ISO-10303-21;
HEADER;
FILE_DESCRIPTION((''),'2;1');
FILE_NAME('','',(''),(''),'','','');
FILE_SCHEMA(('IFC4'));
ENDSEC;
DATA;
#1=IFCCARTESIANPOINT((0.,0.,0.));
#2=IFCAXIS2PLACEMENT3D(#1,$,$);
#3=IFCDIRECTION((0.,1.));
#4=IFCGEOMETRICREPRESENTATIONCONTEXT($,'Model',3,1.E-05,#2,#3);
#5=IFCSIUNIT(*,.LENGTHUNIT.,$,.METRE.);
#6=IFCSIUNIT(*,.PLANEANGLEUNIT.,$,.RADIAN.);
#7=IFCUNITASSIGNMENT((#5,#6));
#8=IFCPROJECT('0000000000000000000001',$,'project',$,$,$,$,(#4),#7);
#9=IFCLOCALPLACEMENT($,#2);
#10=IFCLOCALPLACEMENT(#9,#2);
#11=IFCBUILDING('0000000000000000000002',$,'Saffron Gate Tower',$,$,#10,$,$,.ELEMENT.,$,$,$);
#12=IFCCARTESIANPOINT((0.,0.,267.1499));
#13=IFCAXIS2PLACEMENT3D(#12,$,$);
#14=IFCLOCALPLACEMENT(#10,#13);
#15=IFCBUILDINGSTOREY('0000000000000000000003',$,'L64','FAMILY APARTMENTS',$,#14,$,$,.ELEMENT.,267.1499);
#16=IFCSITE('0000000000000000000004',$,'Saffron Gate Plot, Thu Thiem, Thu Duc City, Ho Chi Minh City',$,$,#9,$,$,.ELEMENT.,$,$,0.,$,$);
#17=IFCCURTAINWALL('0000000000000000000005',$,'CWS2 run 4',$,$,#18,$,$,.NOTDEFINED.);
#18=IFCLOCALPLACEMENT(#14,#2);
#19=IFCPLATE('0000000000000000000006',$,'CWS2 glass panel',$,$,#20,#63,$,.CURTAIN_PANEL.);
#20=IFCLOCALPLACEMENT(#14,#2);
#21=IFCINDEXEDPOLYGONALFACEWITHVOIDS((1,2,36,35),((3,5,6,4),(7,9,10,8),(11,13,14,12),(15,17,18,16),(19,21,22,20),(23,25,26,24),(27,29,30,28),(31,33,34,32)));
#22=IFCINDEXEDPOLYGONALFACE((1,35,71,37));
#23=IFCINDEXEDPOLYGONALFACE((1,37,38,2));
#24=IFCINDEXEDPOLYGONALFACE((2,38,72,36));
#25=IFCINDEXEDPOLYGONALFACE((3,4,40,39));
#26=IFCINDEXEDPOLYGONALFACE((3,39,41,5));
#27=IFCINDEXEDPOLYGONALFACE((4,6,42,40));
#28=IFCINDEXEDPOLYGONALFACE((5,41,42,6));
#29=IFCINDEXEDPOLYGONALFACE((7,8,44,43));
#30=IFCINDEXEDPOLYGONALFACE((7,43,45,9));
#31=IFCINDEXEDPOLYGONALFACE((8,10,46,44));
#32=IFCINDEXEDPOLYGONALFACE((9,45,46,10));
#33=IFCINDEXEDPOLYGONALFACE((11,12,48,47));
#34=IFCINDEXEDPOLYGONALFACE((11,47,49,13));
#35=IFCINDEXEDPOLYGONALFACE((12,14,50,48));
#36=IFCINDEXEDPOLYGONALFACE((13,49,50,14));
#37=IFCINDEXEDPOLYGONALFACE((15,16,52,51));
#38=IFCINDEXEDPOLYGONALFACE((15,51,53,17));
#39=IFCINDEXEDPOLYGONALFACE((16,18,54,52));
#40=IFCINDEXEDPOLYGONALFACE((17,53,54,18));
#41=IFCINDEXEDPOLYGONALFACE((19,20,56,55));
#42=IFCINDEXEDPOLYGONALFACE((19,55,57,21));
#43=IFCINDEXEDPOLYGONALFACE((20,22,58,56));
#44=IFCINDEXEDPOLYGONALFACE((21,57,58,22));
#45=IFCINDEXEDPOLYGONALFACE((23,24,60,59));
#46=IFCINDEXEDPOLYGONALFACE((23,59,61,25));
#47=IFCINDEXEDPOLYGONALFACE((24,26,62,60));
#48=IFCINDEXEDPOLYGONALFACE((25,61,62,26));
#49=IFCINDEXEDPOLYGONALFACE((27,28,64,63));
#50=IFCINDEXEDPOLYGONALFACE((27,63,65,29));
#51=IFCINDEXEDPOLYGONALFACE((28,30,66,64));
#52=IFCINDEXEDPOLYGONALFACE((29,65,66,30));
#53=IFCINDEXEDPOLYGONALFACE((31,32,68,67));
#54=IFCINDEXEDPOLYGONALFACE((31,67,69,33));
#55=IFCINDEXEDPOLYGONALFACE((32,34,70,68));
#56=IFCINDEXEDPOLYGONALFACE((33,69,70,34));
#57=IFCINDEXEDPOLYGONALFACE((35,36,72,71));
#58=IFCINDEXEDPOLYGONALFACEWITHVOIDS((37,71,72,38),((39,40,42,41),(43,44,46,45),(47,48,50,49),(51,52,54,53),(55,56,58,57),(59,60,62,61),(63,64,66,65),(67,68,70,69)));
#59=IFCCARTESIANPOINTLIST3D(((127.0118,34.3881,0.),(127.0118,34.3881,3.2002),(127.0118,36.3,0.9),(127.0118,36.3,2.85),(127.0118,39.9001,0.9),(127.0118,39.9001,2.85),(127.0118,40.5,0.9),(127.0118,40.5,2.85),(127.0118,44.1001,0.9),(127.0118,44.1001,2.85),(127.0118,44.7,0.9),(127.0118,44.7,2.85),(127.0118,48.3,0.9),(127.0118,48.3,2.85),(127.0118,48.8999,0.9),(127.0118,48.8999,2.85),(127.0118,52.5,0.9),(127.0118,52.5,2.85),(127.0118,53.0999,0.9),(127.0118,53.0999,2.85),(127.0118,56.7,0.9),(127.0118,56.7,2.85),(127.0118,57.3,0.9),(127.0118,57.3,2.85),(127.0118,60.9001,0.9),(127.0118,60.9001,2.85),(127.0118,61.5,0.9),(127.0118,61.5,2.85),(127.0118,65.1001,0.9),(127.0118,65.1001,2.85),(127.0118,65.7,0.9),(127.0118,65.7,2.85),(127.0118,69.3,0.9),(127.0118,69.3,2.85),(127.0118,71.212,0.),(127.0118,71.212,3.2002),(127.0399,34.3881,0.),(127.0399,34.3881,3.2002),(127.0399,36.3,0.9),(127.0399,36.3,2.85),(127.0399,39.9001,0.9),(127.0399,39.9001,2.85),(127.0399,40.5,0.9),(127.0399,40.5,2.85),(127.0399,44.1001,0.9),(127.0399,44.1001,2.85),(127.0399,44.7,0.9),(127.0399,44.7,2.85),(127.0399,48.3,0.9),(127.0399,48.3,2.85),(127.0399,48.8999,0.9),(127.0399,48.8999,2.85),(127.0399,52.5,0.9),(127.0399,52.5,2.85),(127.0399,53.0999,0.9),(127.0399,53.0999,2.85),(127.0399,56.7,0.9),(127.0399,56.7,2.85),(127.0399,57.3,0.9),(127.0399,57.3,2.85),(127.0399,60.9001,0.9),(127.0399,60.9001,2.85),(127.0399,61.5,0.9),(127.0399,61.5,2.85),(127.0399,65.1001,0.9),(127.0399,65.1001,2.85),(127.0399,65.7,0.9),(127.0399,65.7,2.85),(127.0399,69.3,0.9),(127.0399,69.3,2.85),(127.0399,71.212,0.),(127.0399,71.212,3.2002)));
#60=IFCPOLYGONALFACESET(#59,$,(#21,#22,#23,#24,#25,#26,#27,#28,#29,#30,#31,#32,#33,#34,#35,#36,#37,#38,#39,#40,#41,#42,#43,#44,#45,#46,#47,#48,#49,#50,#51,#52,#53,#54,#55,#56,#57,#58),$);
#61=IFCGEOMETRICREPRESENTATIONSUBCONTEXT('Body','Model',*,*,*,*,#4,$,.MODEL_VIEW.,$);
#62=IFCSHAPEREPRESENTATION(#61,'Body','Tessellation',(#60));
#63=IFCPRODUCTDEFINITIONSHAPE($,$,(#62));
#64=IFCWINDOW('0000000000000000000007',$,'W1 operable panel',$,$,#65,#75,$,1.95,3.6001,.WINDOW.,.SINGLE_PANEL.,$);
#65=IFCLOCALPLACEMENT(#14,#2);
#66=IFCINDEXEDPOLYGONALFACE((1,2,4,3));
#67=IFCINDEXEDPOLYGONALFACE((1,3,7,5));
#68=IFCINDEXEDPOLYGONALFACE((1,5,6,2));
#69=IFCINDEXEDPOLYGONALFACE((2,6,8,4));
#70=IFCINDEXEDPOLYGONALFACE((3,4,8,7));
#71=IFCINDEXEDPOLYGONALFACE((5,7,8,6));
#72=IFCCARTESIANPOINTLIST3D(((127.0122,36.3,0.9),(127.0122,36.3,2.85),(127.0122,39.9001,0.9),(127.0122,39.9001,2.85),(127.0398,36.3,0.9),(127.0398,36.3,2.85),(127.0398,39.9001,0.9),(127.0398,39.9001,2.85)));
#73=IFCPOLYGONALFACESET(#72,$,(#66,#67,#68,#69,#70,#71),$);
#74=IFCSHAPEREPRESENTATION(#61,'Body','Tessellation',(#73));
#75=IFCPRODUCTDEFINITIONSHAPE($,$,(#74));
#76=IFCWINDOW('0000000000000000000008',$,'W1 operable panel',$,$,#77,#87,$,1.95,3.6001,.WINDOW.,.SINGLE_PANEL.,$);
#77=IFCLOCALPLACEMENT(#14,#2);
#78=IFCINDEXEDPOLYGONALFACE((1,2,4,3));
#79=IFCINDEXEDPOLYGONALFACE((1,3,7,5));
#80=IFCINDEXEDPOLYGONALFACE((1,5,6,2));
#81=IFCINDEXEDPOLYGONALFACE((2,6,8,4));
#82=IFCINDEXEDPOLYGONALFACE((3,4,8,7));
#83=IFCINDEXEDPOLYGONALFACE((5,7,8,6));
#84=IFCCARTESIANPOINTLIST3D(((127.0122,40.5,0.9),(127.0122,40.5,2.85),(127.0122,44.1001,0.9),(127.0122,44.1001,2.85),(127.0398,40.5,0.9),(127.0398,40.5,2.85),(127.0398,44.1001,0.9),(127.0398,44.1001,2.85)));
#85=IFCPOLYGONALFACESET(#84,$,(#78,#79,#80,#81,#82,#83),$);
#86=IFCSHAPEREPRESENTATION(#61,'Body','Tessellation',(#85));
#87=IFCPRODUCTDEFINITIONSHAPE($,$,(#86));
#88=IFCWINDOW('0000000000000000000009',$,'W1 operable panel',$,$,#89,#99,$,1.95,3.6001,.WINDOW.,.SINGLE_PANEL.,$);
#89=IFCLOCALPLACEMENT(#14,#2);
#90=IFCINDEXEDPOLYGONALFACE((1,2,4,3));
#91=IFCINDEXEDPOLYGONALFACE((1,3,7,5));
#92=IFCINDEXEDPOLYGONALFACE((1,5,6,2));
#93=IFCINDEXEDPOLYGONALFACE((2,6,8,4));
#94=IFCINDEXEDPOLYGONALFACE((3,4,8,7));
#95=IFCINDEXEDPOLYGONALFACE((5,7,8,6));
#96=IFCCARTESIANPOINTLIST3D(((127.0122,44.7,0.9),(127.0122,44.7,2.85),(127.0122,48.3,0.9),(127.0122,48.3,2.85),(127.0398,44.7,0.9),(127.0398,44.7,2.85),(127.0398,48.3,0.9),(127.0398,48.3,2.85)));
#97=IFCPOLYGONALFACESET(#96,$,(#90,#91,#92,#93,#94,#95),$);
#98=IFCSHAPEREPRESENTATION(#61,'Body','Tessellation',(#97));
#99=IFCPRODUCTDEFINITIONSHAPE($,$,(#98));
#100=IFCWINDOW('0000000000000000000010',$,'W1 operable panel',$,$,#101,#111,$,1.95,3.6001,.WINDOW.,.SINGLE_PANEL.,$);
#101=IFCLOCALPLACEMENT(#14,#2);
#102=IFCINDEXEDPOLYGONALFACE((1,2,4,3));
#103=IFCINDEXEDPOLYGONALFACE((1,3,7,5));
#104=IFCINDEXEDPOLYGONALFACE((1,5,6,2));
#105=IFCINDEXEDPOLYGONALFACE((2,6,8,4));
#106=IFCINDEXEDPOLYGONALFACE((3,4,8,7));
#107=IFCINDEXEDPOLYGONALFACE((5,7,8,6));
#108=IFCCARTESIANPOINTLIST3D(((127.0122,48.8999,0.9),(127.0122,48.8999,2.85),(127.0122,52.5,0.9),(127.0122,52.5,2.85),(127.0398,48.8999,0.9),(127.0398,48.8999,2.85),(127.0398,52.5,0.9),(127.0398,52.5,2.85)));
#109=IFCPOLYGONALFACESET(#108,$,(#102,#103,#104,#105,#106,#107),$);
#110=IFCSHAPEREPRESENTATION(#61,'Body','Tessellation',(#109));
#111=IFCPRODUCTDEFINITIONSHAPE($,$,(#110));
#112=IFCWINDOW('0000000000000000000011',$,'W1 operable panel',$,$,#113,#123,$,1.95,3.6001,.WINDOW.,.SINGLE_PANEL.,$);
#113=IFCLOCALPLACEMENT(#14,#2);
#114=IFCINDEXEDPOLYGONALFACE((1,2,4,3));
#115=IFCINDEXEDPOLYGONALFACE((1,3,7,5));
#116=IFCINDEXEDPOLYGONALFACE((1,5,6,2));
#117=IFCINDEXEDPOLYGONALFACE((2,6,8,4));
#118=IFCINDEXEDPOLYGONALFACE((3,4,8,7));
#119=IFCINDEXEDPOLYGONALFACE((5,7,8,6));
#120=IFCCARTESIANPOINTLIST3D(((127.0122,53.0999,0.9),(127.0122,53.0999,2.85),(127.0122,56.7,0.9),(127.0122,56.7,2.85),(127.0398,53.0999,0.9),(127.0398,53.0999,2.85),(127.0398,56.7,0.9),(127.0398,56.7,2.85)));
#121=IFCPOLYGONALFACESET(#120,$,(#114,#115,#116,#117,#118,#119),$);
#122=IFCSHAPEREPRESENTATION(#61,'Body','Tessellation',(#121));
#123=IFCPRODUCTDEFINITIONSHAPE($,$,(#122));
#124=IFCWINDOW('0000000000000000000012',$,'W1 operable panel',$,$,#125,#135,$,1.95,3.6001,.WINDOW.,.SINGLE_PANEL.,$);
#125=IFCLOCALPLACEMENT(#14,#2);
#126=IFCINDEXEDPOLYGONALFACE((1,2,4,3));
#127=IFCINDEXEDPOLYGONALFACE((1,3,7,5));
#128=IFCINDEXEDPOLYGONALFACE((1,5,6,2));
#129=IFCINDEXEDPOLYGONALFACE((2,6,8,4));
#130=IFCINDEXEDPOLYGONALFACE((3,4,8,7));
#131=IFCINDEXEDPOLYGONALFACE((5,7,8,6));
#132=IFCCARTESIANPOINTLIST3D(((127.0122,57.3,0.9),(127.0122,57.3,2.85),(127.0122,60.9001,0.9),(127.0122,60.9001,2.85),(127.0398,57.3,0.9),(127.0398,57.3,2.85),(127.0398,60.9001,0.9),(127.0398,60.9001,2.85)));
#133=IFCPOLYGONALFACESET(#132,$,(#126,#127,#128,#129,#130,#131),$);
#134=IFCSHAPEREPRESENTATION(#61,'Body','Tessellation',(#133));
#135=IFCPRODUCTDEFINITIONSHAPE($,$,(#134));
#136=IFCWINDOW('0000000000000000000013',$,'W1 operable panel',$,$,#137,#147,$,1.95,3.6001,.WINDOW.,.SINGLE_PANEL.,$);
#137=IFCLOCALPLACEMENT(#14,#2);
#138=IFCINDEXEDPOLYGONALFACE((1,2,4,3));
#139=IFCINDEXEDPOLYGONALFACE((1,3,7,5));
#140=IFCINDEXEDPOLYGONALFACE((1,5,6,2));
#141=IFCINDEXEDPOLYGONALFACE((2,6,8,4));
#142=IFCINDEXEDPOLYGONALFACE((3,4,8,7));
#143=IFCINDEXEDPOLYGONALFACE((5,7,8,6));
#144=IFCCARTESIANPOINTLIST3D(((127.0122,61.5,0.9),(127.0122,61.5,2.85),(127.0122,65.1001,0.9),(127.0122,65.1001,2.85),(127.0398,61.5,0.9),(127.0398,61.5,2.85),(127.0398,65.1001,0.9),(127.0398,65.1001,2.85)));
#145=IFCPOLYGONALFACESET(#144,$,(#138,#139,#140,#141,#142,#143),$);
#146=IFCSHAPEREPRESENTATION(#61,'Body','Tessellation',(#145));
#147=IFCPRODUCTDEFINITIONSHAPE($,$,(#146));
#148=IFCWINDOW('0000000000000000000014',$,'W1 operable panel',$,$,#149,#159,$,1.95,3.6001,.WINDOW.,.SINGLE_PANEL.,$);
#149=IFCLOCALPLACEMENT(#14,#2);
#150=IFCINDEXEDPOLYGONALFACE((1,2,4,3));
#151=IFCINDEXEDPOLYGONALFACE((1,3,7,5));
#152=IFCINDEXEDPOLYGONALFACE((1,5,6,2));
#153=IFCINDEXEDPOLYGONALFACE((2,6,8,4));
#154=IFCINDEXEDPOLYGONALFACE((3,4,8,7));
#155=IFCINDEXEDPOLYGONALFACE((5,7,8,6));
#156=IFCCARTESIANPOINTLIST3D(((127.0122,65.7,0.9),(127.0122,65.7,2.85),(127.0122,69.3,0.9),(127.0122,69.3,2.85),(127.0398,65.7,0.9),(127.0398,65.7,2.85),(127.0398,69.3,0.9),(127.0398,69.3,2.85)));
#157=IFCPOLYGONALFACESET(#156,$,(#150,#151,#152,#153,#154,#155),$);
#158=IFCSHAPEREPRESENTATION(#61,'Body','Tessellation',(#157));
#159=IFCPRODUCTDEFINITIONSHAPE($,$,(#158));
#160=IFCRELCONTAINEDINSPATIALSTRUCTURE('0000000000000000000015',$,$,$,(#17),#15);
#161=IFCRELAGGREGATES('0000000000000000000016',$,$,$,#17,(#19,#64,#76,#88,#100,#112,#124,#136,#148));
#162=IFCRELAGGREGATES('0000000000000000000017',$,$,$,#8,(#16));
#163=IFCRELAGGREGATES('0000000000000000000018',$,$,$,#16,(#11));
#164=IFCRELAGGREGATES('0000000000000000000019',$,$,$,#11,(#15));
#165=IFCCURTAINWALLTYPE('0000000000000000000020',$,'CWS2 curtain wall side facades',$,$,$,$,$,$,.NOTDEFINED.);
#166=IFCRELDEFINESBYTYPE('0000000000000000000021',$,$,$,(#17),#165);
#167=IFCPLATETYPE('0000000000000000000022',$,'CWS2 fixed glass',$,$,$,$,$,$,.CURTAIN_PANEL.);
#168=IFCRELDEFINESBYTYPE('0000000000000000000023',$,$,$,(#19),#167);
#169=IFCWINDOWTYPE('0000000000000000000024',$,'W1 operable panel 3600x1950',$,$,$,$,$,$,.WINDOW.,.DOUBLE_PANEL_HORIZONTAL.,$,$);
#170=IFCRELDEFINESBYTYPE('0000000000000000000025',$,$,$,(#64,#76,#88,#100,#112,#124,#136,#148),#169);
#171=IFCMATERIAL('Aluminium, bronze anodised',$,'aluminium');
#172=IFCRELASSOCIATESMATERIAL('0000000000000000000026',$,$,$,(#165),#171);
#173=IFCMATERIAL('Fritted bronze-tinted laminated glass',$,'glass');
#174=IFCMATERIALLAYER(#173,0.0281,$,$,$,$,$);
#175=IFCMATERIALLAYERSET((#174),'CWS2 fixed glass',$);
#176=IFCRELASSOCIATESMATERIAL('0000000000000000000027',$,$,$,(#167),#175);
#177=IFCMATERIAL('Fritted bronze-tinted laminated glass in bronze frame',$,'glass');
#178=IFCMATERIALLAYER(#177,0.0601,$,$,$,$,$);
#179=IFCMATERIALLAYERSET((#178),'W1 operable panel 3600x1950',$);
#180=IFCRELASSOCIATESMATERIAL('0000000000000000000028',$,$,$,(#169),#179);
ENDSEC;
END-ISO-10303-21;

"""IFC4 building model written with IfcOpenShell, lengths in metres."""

from ifc_helpers import new_model, si_unit, direction, frame, frame_2d, origin, place, context, subcontext, project, spatial, rectangle, extrude, material, layer, layer_set, type_object, element, fill, aggregate, save


model = new_model("IFC4")

# Units and contexts
model_context = context("Model", 3, precision=1e-05, world=origin(), true_north=direction((0.0, 1.0)))
body_context = subcontext(model_context, "Body", "Model", "MODEL_VIEW")
ifc_project = project(units=[si_unit("LENGTHUNIT", "METRE"), si_unit("PLANEANGLEUNIT", "RADIAN")], contexts=[model_context])

# Site, building, storey
site_placement = place(None, origin())
site = spatial("IfcSite", under=ifc_project, at=site_placement, Name="Saffron Gate Plot, Thu Thiem, Thu Duc City, Ho Chi Minh City", CompositionType="ELEMENT", RefElevation=0.0)
building_placement = place(site_placement, origin())
building = spatial("IfcBuilding", under=site, at=building_placement, Name="Saffron Gate Tower", CompositionType="ELEMENT")
storey_placement = place(building_placement, frame((0.0, 0.0, 267.1499)))
storey = spatial("IfcBuildingStorey", under=building, at=storey_placement, Name="L64", Description="FAMILY APARTMENTS", CompositionType="ELEMENT", Elevation=267.1499)

# Curtain wall
ifc_material_1 = material(Name="Aluminium, bronze anodised", Category="aluminium")
curtain_wall_type_1 = type_object("IfcCurtainWallType", Name="CWS2 curtain wall side facades", PredefinedType="NOTDEFINED", material=ifc_material_1)
curtain_wall_1_placement = place(storey_placement, origin())
curtain_wall_1 = element("IfcCurtainWall", 1, at=curtain_wall_1_placement, inside=storey, type_object=curtain_wall_type_1, Name="CWS2 run 4", PredefinedType="NOTDEFINED")

# Plate, openings, windows
ifc_material_2 = material(Name="Fritted bronze-tinted laminated glass", Category="glass")
ifc_layer_1 = layer(ifc_material_2, 0.0281)
ifc_layer_set_1 = layer_set([ifc_layer_1], Name="CWS2 fixed glass")
plate_type = type_object("IfcPlateType", Name="CWS2 fixed glass", PredefinedType="CURTAIN_PANEL", material=ifc_layer_set_1)
plate_placement = place(storey_placement, frame((127.0259, 34.3879, 0.0), z_axis=(0.0, 0.0, 1.0), x_axis=(0.0, 1.0, 0.0)))
plate = element("IfcPlate", 2, at=plate_placement, type_object=plate_type, Name="CWS2 glass panel", PredefinedType="CURTAIN_PANEL", context=body_context, shape_type="SweptSolid", body=[
    extrude(rectangle(XDim=36.824, YDim=0.0281, at=frame_2d((18.4121, 0.0))), origin(), (0.0, 0.0, 1.0), 3.2002),
])
opening_1_placement = place(plate_placement, frame((1.9121, 0.0, 0.8999)))
opening_1 = element("IfcOpeningElement", 3, at=opening_1_placement, cuts=plate, PredefinedType="OPENING", context=body_context, shape_type="SweptSolid", body=[
    extrude(rectangle(XDim=3.6001, YDim=1.95, at=frame_2d((1.8, 0.9751))), frame((0.0, 0.0239, 0.0), z_axis=(0.0, -1.0, 0.0), x_axis=(1.0, 0.0, 0.0)), (0.0, 0.0, 1.0), 0.0481),
])
opening_2_placement = place(plate_placement, frame((6.1121, 0.0, 0.8999)))
opening_2 = element("IfcOpeningElement", 4, at=opening_2_placement, cuts=plate, PredefinedType="OPENING", context=body_context, shape_type="SweptSolid", body=[
    extrude(rectangle(XDim=3.6001, YDim=1.95, at=frame_2d((1.8, 0.9751))), frame((0.0, 0.0239, 0.0), z_axis=(0.0, -1.0, 0.0), x_axis=(1.0, 0.0, 0.0)), (0.0, 0.0, 1.0), 0.0481),
])
opening_3_placement = place(plate_placement, frame((10.312, 0.0, 0.8999)))
opening_3 = element("IfcOpeningElement", 5, at=opening_3_placement, cuts=plate, PredefinedType="OPENING", context=body_context, shape_type="SweptSolid", body=[
    extrude(rectangle(XDim=3.6001, YDim=1.95, at=frame_2d((1.8, 0.9751))), frame((0.0, 0.0239, 0.0), z_axis=(0.0, -1.0, 0.0), x_axis=(1.0, 0.0, 0.0)), (0.0, 0.0, 1.0), 0.0481),
])
opening_4_placement = place(plate_placement, frame((14.512, 0.0, 0.8999)))
opening_4 = element("IfcOpeningElement", 6, at=opening_4_placement, cuts=plate, PredefinedType="OPENING", context=body_context, shape_type="SweptSolid", body=[
    extrude(rectangle(XDim=3.6001, YDim=1.95, at=frame_2d((1.8, 0.9751))), frame((0.0, 0.0239, 0.0), z_axis=(0.0, -1.0, 0.0), x_axis=(1.0, 0.0, 0.0)), (0.0, 0.0, 1.0), 0.0481),
])
opening_5_placement = place(plate_placement, frame((18.7119, 0.0, 0.8999)))
opening_5 = element("IfcOpeningElement", 7, at=opening_5_placement, cuts=plate, PredefinedType="OPENING", context=body_context, shape_type="SweptSolid", body=[
    extrude(rectangle(XDim=3.6001, YDim=1.95, at=frame_2d((1.8, 0.9751))), frame((0.0, 0.0239, 0.0), z_axis=(0.0, -1.0, 0.0), x_axis=(1.0, 0.0, 0.0)), (0.0, 0.0, 1.0), 0.0481),
])
opening_6_placement = place(plate_placement, frame((22.9121, 0.0, 0.8999)))
opening_6 = element("IfcOpeningElement", 8, at=opening_6_placement, cuts=plate, PredefinedType="OPENING", context=body_context, shape_type="SweptSolid", body=[
    extrude(rectangle(XDim=3.6001, YDim=1.95, at=frame_2d((1.8, 0.9751))), frame((0.0, 0.0239, 0.0), z_axis=(0.0, -1.0, 0.0), x_axis=(1.0, 0.0, 0.0)), (0.0, 0.0, 1.0), 0.0481),
])
opening_7_placement = place(plate_placement, frame((27.1121, 0.0, 0.8999)))
opening_7 = element("IfcOpeningElement", 9, at=opening_7_placement, cuts=plate, PredefinedType="OPENING", context=body_context, shape_type="SweptSolid", body=[
    extrude(rectangle(XDim=3.6001, YDim=1.95, at=frame_2d((1.8, 0.9751))), frame((0.0, 0.0239, 0.0), z_axis=(0.0, -1.0, 0.0), x_axis=(1.0, 0.0, 0.0)), (0.0, 0.0, 1.0), 0.0481),
])
opening_8_placement = place(plate_placement, frame((31.312, 0.0, 0.8999)))
opening_8 = element("IfcOpeningElement", 10, at=opening_8_placement, cuts=plate, PredefinedType="OPENING", context=body_context, shape_type="SweptSolid", body=[
    extrude(rectangle(XDim=3.6001, YDim=1.95, at=frame_2d((1.8, 0.9751))), frame((0.0, 0.0239, 0.0), z_axis=(0.0, -1.0, 0.0), x_axis=(1.0, 0.0, 0.0)), (0.0, 0.0, 1.0), 0.0481),
])
ifc_material_3 = material(Name="Fritted bronze-tinted laminated glass in bronze frame", Category="glass")
ifc_layer_2 = layer(ifc_material_3, 0.0601)
ifc_layer_set_2 = layer_set([ifc_layer_2], Name="W1 operable panel 3600x1950")
window_type = type_object("IfcWindowType", Name="W1 operable panel 3600x1950", PartitioningType="DOUBLE_PANEL_HORIZONTAL", PredefinedType="WINDOW", material=ifc_layer_set_2)
window_1_placement = place(opening_1_placement, origin())
window_1 = element("IfcWindow", 11, at=window_1_placement, type_object=window_type, Name="W1 operable panel", OverallHeight=1.95, OverallWidth=3.6001, PartitioningType="SINGLE_PANEL", PredefinedType="WINDOW", context=body_context, shape_type="SweptSolid", body=[
    extrude(rectangle(XDim=3.6001, YDim=1.95, at=frame_2d((1.8, 0.9751))), frame((0.0, 0.0137, 0.0), z_axis=(0.0, -1.0, 0.0), x_axis=(1.0, 0.0, 0.0)), (0.0, 0.0, 1.0), 0.0276),
])
fill(opening_1, window_1)
window_2_placement = place(opening_2_placement, origin())
window_2 = element("IfcWindow", 12, at=window_2_placement, type_object=window_type, Name="W1 operable panel", OverallHeight=1.95, OverallWidth=3.6001, PartitioningType="SINGLE_PANEL", PredefinedType="WINDOW", context=body_context, shape_type="SweptSolid", body=[
    extrude(rectangle(XDim=3.6001, YDim=1.95, at=frame_2d((1.8, 0.9751))), frame((0.0, 0.0137, 0.0), z_axis=(0.0, -1.0, 0.0), x_axis=(1.0, 0.0, 0.0)), (0.0, 0.0, 1.0), 0.0276),
])
fill(opening_2, window_2)
window_3_placement = place(opening_3_placement, origin())
window_3 = element("IfcWindow", 13, at=window_3_placement, type_object=window_type, Name="W1 operable panel", OverallHeight=1.95, OverallWidth=3.6001, PartitioningType="SINGLE_PANEL", PredefinedType="WINDOW", context=body_context, shape_type="SweptSolid", body=[
    extrude(rectangle(XDim=3.6001, YDim=1.95, at=frame_2d((1.8, 0.9751))), frame((0.0, 0.0137, 0.0), z_axis=(0.0, -1.0, 0.0), x_axis=(1.0, 0.0, 0.0)), (0.0, 0.0, 1.0), 0.0276),
])
fill(opening_3, window_3)
window_4_placement = place(opening_4_placement, origin())
window_4 = element("IfcWindow", 14, at=window_4_placement, type_object=window_type, Name="W1 operable panel", OverallHeight=1.95, OverallWidth=3.6001, PartitioningType="SINGLE_PANEL", PredefinedType="WINDOW", context=body_context, shape_type="SweptSolid", body=[
    extrude(rectangle(XDim=3.6001, YDim=1.95, at=frame_2d((1.8, 0.9751))), frame((0.0, 0.0137, 0.0), z_axis=(0.0, -1.0, 0.0), x_axis=(1.0, 0.0, 0.0)), (0.0, 0.0, 1.0), 0.0276),
])
fill(opening_4, window_4)
window_5_placement = place(opening_5_placement, origin())
window_5 = element("IfcWindow", 15, at=window_5_placement, type_object=window_type, Name="W1 operable panel", OverallHeight=1.95, OverallWidth=3.6001, PartitioningType="SINGLE_PANEL", PredefinedType="WINDOW", context=body_context, shape_type="SweptSolid", body=[
    extrude(rectangle(XDim=3.6001, YDim=1.95, at=frame_2d((1.8, 0.9751))), frame((0.0, 0.0137, 0.0), z_axis=(0.0, -1.0, 0.0), x_axis=(1.0, 0.0, 0.0)), (0.0, 0.0, 1.0), 0.0276),
])
fill(opening_5, window_5)
window_6_placement = place(opening_6_placement, origin())
window_6 = element("IfcWindow", 16, at=window_6_placement, type_object=window_type, Name="W1 operable panel", OverallHeight=1.95, OverallWidth=3.6001, PartitioningType="SINGLE_PANEL", PredefinedType="WINDOW", context=body_context, shape_type="SweptSolid", body=[
    extrude(rectangle(XDim=3.6001, YDim=1.95, at=frame_2d((1.8, 0.9751))), frame((0.0, 0.0137, 0.0), z_axis=(0.0, -1.0, 0.0), x_axis=(1.0, 0.0, 0.0)), (0.0, 0.0, 1.0), 0.0276),
])
fill(opening_6, window_6)
window_7_placement = place(opening_7_placement, origin())
window_7 = element("IfcWindow", 17, at=window_7_placement, type_object=window_type, Name="W1 operable panel", OverallHeight=1.95, OverallWidth=3.6001, PartitioningType="SINGLE_PANEL", PredefinedType="WINDOW", context=body_context, shape_type="SweptSolid", body=[
    extrude(rectangle(XDim=3.6001, YDim=1.95, at=frame_2d((1.8, 0.9751))), frame((0.0, 0.0137, 0.0), z_axis=(0.0, -1.0, 0.0), x_axis=(1.0, 0.0, 0.0)), (0.0, 0.0, 1.0), 0.0276),
])
fill(opening_7, window_7)
window_8_placement = place(opening_8_placement, origin())
window_8 = element("IfcWindow", 18, at=window_8_placement, type_object=window_type, Name="W1 operable panel", OverallHeight=1.95, OverallWidth=3.6001, PartitioningType="SINGLE_PANEL", PredefinedType="WINDOW", context=body_context, shape_type="SweptSolid", body=[
    extrude(rectangle(XDim=3.6001, YDim=1.95, at=frame_2d((1.8, 0.9751))), frame((0.0, 0.0137, 0.0), z_axis=(0.0, -1.0, 0.0), x_axis=(1.0, 0.0, 0.0)), (0.0, 0.0, 1.0), 0.0276),
])
fill(opening_8, window_8)
aggregate(curtain_wall_1, [plate, window_1, window_2, window_3, window_4, window_5, window_6, window_7, window_8])

save(model, "model.ifc")
